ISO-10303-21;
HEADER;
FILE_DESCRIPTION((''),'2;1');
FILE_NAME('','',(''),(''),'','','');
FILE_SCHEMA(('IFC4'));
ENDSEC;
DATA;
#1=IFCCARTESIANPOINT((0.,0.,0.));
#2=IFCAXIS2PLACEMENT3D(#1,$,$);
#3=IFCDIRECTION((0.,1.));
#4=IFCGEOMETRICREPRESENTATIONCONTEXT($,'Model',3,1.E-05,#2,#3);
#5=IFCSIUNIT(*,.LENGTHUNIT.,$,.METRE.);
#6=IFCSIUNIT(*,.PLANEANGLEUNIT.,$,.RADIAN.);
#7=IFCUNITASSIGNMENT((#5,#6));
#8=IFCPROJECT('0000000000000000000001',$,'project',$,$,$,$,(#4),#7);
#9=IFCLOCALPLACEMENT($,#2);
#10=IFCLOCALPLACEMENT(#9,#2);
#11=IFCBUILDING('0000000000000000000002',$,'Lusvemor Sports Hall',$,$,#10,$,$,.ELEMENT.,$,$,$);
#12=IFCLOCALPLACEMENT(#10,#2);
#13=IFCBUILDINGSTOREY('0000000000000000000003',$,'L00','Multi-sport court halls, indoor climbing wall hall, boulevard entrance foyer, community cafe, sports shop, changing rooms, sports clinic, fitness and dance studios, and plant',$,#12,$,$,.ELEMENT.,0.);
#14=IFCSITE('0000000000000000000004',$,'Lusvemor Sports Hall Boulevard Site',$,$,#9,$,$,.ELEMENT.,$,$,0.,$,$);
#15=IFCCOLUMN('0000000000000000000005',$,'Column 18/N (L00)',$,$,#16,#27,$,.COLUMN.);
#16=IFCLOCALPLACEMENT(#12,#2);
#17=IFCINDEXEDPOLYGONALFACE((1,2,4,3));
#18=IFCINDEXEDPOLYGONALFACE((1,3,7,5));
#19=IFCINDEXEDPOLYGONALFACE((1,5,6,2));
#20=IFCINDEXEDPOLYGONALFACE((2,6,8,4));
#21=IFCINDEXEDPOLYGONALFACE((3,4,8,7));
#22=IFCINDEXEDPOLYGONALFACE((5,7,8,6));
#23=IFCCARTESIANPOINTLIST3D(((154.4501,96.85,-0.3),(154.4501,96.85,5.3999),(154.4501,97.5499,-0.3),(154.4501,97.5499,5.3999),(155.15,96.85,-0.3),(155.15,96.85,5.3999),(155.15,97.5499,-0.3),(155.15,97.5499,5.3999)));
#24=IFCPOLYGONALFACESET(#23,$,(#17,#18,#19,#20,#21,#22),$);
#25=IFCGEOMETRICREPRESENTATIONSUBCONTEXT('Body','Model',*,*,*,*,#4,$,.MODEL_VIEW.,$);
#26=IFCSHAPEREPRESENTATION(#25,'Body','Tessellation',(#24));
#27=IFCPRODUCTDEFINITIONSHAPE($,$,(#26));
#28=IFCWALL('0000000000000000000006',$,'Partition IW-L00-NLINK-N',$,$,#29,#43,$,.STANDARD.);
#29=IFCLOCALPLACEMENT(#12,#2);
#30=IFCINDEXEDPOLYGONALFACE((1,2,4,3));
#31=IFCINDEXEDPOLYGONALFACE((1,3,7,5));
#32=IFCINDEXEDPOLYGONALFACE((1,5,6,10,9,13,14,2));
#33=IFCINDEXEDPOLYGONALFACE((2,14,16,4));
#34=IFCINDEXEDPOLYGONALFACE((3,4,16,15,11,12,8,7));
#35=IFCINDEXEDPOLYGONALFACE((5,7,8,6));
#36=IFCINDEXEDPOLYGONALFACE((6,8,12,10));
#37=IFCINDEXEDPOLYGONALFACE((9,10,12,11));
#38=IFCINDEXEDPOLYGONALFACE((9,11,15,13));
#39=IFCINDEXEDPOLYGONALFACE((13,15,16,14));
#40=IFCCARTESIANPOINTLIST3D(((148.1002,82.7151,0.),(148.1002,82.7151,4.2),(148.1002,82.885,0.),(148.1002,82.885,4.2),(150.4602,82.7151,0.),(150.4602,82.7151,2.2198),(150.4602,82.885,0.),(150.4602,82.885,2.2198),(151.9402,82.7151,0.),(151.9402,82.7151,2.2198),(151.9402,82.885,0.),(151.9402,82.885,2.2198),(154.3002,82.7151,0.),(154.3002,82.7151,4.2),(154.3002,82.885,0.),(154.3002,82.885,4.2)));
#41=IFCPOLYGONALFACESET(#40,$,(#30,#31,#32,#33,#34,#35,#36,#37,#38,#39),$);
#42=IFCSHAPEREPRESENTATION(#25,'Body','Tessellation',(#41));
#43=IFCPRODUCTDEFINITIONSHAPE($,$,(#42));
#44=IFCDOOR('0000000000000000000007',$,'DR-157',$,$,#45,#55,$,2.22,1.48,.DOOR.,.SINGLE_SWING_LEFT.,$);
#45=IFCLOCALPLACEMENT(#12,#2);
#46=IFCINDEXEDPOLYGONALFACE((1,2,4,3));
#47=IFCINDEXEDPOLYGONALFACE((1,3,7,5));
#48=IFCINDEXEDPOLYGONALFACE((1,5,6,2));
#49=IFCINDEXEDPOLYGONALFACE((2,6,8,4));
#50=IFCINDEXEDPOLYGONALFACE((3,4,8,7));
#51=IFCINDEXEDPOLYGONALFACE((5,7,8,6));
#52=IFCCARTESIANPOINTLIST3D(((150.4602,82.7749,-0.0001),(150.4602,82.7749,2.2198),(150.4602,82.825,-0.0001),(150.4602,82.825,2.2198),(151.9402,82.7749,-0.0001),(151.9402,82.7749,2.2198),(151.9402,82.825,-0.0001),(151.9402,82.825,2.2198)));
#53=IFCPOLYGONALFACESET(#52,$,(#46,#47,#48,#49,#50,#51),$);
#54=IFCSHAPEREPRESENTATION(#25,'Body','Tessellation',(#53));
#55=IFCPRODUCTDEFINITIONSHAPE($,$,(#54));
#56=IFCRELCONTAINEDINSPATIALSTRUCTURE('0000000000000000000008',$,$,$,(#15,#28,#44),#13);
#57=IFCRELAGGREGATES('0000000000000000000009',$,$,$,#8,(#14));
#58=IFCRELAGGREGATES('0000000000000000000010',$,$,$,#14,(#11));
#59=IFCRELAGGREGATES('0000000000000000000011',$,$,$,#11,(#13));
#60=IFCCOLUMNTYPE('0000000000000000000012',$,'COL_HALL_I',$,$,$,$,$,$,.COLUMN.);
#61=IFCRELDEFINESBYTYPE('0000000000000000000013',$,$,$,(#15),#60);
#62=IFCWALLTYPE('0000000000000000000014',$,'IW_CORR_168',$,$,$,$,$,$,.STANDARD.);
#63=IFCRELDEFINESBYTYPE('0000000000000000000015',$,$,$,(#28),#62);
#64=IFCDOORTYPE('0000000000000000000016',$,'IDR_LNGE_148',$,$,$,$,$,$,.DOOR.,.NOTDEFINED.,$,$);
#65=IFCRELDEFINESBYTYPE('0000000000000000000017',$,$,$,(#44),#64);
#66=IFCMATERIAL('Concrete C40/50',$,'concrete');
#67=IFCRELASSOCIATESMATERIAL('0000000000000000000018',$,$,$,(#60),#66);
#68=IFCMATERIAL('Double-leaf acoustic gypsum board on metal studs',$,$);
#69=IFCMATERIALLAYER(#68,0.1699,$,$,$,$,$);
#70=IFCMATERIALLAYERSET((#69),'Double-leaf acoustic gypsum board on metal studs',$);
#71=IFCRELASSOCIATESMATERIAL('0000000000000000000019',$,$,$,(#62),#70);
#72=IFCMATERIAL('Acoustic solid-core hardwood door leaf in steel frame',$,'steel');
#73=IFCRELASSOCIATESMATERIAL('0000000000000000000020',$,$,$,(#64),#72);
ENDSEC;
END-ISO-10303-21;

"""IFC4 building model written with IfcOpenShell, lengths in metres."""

from ifc_helpers import new_model, si_unit, direction, frame, frame_2d, origin, origin_2d, place, context, subcontext, project, spatial, rectangle, extrude, material, layer, layer_set, material_profile, profile_set, type_object, element, fill, save


model = new_model("IFC4")

# Units and contexts
model_context = context("Model", 3, precision=1e-05, world=origin(), true_north=direction((0.0, 1.0)))
body_context = subcontext(model_context, "Body", "Model", "MODEL_VIEW")
ifc_project = project(units=[si_unit("LENGTHUNIT", "METRE"), si_unit("PLANEANGLEUNIT", "RADIAN")], contexts=[model_context])

# Site, building, storey
site_placement = place(None, origin())
site = spatial("IfcSite", under=ifc_project, at=site_placement, Name="Lusvemor Sports Hall Boulevard Site", CompositionType="ELEMENT", RefElevation=0.0)
building_placement = place(site_placement, origin())
building = spatial("IfcBuilding", under=site, at=building_placement, Name="Lusvemor Sports Hall", CompositionType="ELEMENT")
storey_placement = place(building_placement, origin())
storey = spatial("IfcBuildingStorey", under=building, at=storey_placement, Name="L00", Description="Multi-sport court halls, indoor climbing wall hall, boulevard entrance foyer, community cafe, sports shop, changing rooms, sports clinic, fitness and dance studios, and plant", CompositionType="ELEMENT", Elevation=0.0)

# Column
ifc_material_1 = material(Name="Concrete C40/50", Category="concrete")
ifc_material_profile_1 = material_profile(ifc_material_1, rectangle(XDim=0.7, YDim=0.7, at=origin_2d()), Name="RC700x700")
ifc_profile_set_1 = profile_set([ifc_material_profile_1], Name="Concrete C40/50")
column_type = type_object("IfcColumnType", Name="COL_HALL_I", PredefinedType="COLUMN", material=ifc_profile_set_1)
for number, where, z_axis, x_axis, name in (
    (1, (154.8, 97.2, -0.3), (0.0, 0.0, 1.0), (1.0, 0.0, 0.0), "Column 18/N (L00)"),
):
    element("IfcColumn", number, at=place(storey_placement, frame(where, z_axis=z_axis, x_axis=x_axis)), inside=storey, type_object=column_type, Name=name, PredefinedType="COLUMN", context=body_context, shape_type="SweptSolid", body=[
        extrude(rectangle(XDim=0.7, YDim=0.7, at=origin_2d()), origin(), (0.0, 0.0, 1.0), 5.7),
    ])

# Wall, opening, door
ifc_material_2 = material(Name="Double-leaf acoustic gypsum board on metal studs")
ifc_layer_1 = layer(ifc_material_2, 0.1699)
ifc_layer_set_1 = layer_set([ifc_layer_1], Name="Double-leaf acoustic gypsum board on metal studs")
wall_type_1 = type_object("IfcWallType", Name="IW_CORR_168", PredefinedType="STANDARD", material=ifc_layer_set_1)
wall_1_placement = place(storey_placement, frame((148.1001, 82.8, 0.0), z_axis=(0.0, 0.0, 1.0), x_axis=(1.0, 0.0, 0.0)))
wall_1 = element("IfcWall", 2, at=wall_1_placement, inside=storey, type_object=wall_type_1, Name="Partition IW-L00-NLINK-N", PredefinedType="STANDARD", context=body_context, shape_type="SweptSolid", body=[
    extrude(rectangle(XDim=6.2, YDim=0.1699, at=frame_2d((3.1001, 0.0))), origin(), (0.0, 0.0, 1.0), 4.2),
])
opening_1_placement = place(wall_1_placement, frame((2.3601, 0.0, 0.0)))
opening_1 = element("IfcOpeningElement", 3, at=opening_1_placement, cuts=wall_1, PredefinedType="OPENING", context=body_context, shape_type="SweptSolid", body=[
    extrude(rectangle(XDim=1.48, YDim=2.22, at=frame_2d((0.74, 1.1099))), frame((0.0, 0.085, 0.0), z_axis=(0.0, -1.0, 0.0), x_axis=(1.0, 0.0, 0.0)), (0.0, 0.0, 1.0), 0.1699),
])
ifc_material_3 = material(Name="Acoustic solid-core hardwood door leaf in steel frame", Category="steel")
door_type_1 = type_object("IfcDoorType", Name="IDR_LNGE_148", OperationType="NOTDEFINED", PredefinedType="DOOR", material=ifc_material_3)
door_1_placement = place(opening_1_placement, origin())
door_1 = element("IfcDoor", 4, at=door_1_placement, inside=storey, type_object=door_type_1, Name="DR-157", OperationType="SINGLE_SWING_LEFT", OverallHeight=2.22, OverallWidth=1.48, PredefinedType="DOOR", context=body_context, shape_type="SweptSolid", body=[
    extrude(rectangle(XDim=1.48, YDim=2.22, at=frame_2d((0.74, 1.1099))), frame((0.0, 0.0249, 0.0), z_axis=(0.0, -1.0, 0.0), x_axis=(1.0, 0.0, 0.0)), (0.0, 0.0, 1.0), 0.05),
])
fill(opening_1, door_1)

save(model, "model.ifc")
